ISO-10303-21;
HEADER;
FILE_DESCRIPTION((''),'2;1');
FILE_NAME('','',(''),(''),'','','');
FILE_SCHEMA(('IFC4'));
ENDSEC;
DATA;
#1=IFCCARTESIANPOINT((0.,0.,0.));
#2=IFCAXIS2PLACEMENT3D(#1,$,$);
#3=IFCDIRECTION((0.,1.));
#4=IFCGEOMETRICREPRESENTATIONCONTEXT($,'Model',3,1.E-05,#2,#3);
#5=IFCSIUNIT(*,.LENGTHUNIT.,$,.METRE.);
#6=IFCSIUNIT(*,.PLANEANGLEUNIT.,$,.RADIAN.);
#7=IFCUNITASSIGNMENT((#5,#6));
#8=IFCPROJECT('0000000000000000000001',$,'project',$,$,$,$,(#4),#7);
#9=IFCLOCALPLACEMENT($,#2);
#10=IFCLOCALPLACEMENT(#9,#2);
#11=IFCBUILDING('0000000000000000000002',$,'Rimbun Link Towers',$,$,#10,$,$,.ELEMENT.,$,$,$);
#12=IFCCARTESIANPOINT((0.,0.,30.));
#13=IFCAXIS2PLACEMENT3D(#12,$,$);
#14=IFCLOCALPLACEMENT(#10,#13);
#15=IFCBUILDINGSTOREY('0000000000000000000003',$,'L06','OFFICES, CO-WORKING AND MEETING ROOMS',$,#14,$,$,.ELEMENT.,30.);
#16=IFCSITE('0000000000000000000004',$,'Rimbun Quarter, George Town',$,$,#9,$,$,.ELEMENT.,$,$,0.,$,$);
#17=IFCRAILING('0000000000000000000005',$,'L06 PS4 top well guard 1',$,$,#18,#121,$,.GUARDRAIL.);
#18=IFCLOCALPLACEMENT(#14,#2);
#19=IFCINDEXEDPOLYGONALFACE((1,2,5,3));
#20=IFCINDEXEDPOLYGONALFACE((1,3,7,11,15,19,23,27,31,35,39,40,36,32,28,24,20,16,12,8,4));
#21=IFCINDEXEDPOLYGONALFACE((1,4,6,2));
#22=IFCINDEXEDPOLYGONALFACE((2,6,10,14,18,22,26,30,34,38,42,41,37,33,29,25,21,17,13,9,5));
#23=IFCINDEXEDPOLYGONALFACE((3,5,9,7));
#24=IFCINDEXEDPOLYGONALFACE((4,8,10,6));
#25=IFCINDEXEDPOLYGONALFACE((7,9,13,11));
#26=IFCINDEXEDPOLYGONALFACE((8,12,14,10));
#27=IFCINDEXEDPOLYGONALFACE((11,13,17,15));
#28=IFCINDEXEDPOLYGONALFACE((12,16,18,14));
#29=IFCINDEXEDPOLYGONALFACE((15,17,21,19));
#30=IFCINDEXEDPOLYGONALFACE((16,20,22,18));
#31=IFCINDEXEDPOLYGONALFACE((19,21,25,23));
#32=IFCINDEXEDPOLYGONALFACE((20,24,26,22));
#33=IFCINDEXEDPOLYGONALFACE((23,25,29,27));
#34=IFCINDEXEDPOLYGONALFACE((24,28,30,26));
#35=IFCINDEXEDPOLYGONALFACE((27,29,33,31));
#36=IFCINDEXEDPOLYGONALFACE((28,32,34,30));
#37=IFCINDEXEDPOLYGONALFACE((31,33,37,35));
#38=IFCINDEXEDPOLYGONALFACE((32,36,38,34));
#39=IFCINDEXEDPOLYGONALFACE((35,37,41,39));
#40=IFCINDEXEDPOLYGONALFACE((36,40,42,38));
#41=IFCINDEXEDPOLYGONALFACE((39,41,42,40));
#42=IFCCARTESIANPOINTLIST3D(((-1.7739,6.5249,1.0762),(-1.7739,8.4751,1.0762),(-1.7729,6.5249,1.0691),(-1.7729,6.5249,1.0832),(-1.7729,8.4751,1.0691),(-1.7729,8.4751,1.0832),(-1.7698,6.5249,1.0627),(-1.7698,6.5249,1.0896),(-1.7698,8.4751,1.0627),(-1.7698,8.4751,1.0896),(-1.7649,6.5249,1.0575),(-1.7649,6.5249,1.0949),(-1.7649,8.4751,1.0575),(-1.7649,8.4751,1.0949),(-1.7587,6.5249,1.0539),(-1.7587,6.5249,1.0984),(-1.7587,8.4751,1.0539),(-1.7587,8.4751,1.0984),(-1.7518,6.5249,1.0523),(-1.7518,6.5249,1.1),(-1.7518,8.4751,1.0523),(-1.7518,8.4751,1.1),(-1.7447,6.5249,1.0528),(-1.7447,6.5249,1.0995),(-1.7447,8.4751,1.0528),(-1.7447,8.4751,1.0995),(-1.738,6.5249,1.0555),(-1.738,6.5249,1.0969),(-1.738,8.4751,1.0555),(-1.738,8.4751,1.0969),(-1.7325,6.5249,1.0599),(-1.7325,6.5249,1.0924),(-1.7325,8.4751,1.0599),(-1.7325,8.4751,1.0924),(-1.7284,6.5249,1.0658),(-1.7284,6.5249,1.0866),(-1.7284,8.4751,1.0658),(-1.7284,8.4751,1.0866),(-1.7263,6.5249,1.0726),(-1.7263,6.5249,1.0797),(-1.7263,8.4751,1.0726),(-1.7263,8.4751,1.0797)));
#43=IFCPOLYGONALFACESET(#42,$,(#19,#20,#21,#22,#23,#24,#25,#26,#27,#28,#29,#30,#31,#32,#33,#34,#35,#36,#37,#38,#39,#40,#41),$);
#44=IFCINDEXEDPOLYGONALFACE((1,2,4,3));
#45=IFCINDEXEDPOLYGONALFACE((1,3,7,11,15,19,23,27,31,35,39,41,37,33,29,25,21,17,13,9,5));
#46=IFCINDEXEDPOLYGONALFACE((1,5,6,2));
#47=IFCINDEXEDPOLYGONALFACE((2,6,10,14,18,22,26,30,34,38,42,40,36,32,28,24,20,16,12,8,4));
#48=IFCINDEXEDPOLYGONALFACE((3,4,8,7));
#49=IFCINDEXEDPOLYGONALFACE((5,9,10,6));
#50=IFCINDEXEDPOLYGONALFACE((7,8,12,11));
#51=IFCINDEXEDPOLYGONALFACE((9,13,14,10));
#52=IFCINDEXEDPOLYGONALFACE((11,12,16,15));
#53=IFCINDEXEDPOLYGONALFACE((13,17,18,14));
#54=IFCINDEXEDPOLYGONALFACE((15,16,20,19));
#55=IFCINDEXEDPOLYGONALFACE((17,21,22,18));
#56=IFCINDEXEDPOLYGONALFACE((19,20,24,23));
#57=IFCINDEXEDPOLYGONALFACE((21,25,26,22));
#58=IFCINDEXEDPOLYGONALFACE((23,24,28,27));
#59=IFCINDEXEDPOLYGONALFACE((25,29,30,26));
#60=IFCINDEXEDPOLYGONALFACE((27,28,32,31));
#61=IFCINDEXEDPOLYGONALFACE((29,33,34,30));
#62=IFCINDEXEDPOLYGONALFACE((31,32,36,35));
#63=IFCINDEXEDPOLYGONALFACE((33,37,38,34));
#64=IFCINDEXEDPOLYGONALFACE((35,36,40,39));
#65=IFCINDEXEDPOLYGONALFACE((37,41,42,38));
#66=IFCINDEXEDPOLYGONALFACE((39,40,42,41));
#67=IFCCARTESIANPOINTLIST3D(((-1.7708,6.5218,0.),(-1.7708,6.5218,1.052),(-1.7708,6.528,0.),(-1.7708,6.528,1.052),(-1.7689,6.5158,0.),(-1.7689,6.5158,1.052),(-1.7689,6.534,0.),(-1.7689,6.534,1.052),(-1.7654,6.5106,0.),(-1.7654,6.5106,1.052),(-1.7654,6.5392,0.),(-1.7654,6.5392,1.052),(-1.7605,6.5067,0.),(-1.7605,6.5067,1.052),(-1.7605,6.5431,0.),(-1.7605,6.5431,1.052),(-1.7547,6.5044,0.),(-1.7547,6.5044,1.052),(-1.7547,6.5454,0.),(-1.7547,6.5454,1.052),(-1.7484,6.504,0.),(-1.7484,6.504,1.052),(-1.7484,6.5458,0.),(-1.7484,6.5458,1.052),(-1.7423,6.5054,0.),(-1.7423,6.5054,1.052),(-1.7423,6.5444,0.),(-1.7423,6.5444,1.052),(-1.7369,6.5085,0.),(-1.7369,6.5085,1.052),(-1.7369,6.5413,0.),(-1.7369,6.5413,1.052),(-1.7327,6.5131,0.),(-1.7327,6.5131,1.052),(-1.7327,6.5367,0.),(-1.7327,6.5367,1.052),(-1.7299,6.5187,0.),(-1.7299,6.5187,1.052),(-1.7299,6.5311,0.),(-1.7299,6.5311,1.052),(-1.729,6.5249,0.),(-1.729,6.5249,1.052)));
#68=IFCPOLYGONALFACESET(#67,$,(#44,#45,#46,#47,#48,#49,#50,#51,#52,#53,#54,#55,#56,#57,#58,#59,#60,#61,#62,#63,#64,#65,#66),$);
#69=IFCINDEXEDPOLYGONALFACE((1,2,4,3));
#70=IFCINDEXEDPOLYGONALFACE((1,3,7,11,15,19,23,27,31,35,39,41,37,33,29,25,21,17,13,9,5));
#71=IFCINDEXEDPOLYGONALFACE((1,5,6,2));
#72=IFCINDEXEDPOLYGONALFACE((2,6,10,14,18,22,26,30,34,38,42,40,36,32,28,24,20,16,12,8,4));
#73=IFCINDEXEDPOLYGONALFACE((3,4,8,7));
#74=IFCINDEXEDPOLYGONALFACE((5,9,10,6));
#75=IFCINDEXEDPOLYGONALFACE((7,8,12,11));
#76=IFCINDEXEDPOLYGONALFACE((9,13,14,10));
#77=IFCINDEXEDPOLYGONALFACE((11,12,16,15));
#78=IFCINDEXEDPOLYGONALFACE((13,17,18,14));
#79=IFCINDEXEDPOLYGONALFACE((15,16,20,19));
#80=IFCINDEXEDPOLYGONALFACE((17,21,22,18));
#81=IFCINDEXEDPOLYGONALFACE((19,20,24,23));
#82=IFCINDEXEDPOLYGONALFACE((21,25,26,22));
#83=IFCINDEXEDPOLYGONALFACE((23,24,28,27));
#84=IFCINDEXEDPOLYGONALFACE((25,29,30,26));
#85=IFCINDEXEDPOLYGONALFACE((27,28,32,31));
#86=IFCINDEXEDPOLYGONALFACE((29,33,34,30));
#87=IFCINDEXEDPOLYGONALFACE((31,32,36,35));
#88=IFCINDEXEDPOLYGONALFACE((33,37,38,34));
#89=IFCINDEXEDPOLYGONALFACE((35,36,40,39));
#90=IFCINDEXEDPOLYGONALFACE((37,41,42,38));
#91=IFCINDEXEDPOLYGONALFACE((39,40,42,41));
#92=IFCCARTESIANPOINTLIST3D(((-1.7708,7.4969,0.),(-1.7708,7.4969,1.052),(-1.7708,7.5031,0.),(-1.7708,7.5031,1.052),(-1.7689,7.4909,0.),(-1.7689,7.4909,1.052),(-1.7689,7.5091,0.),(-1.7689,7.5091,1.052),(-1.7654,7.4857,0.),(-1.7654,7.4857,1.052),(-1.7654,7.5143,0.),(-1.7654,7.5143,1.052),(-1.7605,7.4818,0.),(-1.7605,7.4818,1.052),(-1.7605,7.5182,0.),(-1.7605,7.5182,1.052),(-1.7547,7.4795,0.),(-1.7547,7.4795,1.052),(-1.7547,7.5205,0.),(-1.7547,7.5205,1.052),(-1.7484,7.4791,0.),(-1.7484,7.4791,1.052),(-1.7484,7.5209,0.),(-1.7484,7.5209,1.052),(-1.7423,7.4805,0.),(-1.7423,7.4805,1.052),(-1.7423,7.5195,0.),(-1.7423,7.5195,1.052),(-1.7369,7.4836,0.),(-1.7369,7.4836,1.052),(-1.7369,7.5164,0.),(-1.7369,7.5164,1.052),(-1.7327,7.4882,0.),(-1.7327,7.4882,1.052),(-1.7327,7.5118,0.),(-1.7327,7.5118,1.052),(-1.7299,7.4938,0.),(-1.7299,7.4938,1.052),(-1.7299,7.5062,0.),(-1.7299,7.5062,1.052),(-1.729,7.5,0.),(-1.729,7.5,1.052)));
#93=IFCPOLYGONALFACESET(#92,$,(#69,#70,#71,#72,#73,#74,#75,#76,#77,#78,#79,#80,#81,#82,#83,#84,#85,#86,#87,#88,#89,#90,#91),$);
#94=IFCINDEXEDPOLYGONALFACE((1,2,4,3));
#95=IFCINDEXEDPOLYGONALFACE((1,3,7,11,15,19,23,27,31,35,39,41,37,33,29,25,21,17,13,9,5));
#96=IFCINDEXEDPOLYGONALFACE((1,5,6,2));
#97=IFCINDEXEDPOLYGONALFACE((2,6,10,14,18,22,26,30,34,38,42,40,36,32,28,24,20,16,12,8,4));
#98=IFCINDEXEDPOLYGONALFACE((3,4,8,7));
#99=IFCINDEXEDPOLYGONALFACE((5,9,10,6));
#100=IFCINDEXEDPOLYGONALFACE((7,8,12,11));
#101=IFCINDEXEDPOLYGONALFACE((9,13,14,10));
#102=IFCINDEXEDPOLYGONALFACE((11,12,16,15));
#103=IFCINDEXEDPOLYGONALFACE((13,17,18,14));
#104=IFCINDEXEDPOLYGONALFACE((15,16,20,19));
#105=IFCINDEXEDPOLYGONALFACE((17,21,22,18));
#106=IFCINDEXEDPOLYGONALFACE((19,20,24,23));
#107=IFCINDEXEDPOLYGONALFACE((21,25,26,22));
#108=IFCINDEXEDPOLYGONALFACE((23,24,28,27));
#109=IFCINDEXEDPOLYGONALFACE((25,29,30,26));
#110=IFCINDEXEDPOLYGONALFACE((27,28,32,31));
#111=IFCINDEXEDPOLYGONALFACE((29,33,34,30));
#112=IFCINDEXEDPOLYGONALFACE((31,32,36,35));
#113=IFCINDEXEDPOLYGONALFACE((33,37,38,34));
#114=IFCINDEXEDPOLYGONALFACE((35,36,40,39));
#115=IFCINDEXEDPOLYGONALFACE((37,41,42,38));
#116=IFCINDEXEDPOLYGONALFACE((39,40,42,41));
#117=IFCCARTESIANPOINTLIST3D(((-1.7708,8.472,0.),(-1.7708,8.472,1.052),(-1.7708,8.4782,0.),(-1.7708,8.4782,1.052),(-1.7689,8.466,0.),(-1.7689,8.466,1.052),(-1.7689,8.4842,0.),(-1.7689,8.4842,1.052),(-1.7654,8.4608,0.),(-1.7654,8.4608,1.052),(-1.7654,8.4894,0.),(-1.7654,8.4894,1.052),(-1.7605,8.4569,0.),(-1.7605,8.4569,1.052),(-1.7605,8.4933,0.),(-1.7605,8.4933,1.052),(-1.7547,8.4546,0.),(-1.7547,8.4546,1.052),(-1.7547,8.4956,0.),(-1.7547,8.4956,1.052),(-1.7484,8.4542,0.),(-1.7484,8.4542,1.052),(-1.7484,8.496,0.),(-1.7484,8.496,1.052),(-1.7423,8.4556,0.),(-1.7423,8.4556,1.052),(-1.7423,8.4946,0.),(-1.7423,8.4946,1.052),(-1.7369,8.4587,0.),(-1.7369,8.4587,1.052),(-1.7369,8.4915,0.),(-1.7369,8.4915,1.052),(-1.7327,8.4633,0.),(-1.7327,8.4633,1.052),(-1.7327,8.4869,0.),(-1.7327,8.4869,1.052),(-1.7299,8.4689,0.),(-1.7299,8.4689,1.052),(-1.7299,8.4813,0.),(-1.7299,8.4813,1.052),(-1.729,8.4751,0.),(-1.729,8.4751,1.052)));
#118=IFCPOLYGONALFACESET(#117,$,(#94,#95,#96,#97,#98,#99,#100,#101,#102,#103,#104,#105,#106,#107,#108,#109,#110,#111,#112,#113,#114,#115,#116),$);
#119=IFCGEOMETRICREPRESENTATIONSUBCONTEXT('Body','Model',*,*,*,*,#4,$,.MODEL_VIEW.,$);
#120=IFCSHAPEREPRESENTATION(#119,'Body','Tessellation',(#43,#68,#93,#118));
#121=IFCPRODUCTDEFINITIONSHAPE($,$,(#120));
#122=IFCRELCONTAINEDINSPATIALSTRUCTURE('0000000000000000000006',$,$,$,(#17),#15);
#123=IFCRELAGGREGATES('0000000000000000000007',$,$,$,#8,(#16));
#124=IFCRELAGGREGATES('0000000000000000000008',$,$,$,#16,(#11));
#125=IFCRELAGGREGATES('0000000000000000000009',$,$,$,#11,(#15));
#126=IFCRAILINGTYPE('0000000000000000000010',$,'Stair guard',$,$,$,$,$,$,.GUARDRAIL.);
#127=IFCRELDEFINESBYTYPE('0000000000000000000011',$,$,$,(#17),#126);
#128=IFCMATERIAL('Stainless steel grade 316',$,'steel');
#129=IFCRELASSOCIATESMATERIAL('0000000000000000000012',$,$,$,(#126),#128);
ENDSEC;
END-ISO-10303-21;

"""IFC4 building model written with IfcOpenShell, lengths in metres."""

from ifc_helpers import new_model, si_unit, direction, frame, origin, origin_2d, place, context, subcontext, project, spatial, circle, extrude, material, type_object, element, save


model = new_model("IFC4")

# Units and contexts
model_context = context("Model", 3, precision=1e-05, world=origin(), true_north=direction((0.0, 1.0)))
body_context = subcontext(model_context, "Body", "Model", "MODEL_VIEW")
ifc_project = project(units=[si_unit("LENGTHUNIT", "METRE"), si_unit("PLANEANGLEUNIT", "RADIAN")], contexts=[model_context])

# Site, building, storey
site_placement = place(None, origin())
site = spatial("IfcSite", under=ifc_project, at=site_placement, Name="Rimbun Quarter, George Town", CompositionType="ELEMENT", RefElevation=0.0)
building_placement = place(site_placement, origin())
building = spatial("IfcBuilding", under=site, at=building_placement, Name="Rimbun Link Towers", CompositionType="ELEMENT")
storey_placement = place(building_placement, frame((0.0, 0.0, 30.0)))
storey = spatial("IfcBuildingStorey", under=building, at=storey_placement, Name="L06", Description="OFFICES, CO-WORKING AND MEETING ROOMS", CompositionType="ELEMENT", Elevation=30.0)

# Railing
ifc_material_1 = material(Name="Stainless steel grade 316", Category="steel")
railing_type = type_object("IfcRailingType", Name="Stair guard", PredefinedType="GUARDRAIL", material=ifc_material_1)
railing_placement = place(storey_placement, frame((-1.75, 6.5249, 0.0)))
element("IfcRailing", 1, at=railing_placement, inside=storey, type_object=railing_type, Name="L06 PS4 top well guard 1", PredefinedType="GUARDRAIL", context=body_context, shape_type="SweptSolid", body=[
    extrude(circle(Radius=0.0239, at=origin_2d()), frame((0.0, 0.0, 1.0762), z_axis=(0.0, 1.0, 0.0), x_axis=(-1.0, 0.0, 0.0)), (0.0, 0.0, 1.0), 1.9502),
    extrude(circle(Radius=0.021, at=origin_2d()), origin(), (0.0, 0.0, 1.0), 1.052),
    extrude(circle(Radius=0.021, at=origin_2d()), frame((0.0, 0.9751, 0.0)), (0.0, 0.0, 1.0), 1.052),
    extrude(circle(Radius=0.021, at=origin_2d()), frame((0.0, 1.9502, 0.0)), (0.0, 0.0, 1.0), 1.052),
])

save(model, "model.ifc")
